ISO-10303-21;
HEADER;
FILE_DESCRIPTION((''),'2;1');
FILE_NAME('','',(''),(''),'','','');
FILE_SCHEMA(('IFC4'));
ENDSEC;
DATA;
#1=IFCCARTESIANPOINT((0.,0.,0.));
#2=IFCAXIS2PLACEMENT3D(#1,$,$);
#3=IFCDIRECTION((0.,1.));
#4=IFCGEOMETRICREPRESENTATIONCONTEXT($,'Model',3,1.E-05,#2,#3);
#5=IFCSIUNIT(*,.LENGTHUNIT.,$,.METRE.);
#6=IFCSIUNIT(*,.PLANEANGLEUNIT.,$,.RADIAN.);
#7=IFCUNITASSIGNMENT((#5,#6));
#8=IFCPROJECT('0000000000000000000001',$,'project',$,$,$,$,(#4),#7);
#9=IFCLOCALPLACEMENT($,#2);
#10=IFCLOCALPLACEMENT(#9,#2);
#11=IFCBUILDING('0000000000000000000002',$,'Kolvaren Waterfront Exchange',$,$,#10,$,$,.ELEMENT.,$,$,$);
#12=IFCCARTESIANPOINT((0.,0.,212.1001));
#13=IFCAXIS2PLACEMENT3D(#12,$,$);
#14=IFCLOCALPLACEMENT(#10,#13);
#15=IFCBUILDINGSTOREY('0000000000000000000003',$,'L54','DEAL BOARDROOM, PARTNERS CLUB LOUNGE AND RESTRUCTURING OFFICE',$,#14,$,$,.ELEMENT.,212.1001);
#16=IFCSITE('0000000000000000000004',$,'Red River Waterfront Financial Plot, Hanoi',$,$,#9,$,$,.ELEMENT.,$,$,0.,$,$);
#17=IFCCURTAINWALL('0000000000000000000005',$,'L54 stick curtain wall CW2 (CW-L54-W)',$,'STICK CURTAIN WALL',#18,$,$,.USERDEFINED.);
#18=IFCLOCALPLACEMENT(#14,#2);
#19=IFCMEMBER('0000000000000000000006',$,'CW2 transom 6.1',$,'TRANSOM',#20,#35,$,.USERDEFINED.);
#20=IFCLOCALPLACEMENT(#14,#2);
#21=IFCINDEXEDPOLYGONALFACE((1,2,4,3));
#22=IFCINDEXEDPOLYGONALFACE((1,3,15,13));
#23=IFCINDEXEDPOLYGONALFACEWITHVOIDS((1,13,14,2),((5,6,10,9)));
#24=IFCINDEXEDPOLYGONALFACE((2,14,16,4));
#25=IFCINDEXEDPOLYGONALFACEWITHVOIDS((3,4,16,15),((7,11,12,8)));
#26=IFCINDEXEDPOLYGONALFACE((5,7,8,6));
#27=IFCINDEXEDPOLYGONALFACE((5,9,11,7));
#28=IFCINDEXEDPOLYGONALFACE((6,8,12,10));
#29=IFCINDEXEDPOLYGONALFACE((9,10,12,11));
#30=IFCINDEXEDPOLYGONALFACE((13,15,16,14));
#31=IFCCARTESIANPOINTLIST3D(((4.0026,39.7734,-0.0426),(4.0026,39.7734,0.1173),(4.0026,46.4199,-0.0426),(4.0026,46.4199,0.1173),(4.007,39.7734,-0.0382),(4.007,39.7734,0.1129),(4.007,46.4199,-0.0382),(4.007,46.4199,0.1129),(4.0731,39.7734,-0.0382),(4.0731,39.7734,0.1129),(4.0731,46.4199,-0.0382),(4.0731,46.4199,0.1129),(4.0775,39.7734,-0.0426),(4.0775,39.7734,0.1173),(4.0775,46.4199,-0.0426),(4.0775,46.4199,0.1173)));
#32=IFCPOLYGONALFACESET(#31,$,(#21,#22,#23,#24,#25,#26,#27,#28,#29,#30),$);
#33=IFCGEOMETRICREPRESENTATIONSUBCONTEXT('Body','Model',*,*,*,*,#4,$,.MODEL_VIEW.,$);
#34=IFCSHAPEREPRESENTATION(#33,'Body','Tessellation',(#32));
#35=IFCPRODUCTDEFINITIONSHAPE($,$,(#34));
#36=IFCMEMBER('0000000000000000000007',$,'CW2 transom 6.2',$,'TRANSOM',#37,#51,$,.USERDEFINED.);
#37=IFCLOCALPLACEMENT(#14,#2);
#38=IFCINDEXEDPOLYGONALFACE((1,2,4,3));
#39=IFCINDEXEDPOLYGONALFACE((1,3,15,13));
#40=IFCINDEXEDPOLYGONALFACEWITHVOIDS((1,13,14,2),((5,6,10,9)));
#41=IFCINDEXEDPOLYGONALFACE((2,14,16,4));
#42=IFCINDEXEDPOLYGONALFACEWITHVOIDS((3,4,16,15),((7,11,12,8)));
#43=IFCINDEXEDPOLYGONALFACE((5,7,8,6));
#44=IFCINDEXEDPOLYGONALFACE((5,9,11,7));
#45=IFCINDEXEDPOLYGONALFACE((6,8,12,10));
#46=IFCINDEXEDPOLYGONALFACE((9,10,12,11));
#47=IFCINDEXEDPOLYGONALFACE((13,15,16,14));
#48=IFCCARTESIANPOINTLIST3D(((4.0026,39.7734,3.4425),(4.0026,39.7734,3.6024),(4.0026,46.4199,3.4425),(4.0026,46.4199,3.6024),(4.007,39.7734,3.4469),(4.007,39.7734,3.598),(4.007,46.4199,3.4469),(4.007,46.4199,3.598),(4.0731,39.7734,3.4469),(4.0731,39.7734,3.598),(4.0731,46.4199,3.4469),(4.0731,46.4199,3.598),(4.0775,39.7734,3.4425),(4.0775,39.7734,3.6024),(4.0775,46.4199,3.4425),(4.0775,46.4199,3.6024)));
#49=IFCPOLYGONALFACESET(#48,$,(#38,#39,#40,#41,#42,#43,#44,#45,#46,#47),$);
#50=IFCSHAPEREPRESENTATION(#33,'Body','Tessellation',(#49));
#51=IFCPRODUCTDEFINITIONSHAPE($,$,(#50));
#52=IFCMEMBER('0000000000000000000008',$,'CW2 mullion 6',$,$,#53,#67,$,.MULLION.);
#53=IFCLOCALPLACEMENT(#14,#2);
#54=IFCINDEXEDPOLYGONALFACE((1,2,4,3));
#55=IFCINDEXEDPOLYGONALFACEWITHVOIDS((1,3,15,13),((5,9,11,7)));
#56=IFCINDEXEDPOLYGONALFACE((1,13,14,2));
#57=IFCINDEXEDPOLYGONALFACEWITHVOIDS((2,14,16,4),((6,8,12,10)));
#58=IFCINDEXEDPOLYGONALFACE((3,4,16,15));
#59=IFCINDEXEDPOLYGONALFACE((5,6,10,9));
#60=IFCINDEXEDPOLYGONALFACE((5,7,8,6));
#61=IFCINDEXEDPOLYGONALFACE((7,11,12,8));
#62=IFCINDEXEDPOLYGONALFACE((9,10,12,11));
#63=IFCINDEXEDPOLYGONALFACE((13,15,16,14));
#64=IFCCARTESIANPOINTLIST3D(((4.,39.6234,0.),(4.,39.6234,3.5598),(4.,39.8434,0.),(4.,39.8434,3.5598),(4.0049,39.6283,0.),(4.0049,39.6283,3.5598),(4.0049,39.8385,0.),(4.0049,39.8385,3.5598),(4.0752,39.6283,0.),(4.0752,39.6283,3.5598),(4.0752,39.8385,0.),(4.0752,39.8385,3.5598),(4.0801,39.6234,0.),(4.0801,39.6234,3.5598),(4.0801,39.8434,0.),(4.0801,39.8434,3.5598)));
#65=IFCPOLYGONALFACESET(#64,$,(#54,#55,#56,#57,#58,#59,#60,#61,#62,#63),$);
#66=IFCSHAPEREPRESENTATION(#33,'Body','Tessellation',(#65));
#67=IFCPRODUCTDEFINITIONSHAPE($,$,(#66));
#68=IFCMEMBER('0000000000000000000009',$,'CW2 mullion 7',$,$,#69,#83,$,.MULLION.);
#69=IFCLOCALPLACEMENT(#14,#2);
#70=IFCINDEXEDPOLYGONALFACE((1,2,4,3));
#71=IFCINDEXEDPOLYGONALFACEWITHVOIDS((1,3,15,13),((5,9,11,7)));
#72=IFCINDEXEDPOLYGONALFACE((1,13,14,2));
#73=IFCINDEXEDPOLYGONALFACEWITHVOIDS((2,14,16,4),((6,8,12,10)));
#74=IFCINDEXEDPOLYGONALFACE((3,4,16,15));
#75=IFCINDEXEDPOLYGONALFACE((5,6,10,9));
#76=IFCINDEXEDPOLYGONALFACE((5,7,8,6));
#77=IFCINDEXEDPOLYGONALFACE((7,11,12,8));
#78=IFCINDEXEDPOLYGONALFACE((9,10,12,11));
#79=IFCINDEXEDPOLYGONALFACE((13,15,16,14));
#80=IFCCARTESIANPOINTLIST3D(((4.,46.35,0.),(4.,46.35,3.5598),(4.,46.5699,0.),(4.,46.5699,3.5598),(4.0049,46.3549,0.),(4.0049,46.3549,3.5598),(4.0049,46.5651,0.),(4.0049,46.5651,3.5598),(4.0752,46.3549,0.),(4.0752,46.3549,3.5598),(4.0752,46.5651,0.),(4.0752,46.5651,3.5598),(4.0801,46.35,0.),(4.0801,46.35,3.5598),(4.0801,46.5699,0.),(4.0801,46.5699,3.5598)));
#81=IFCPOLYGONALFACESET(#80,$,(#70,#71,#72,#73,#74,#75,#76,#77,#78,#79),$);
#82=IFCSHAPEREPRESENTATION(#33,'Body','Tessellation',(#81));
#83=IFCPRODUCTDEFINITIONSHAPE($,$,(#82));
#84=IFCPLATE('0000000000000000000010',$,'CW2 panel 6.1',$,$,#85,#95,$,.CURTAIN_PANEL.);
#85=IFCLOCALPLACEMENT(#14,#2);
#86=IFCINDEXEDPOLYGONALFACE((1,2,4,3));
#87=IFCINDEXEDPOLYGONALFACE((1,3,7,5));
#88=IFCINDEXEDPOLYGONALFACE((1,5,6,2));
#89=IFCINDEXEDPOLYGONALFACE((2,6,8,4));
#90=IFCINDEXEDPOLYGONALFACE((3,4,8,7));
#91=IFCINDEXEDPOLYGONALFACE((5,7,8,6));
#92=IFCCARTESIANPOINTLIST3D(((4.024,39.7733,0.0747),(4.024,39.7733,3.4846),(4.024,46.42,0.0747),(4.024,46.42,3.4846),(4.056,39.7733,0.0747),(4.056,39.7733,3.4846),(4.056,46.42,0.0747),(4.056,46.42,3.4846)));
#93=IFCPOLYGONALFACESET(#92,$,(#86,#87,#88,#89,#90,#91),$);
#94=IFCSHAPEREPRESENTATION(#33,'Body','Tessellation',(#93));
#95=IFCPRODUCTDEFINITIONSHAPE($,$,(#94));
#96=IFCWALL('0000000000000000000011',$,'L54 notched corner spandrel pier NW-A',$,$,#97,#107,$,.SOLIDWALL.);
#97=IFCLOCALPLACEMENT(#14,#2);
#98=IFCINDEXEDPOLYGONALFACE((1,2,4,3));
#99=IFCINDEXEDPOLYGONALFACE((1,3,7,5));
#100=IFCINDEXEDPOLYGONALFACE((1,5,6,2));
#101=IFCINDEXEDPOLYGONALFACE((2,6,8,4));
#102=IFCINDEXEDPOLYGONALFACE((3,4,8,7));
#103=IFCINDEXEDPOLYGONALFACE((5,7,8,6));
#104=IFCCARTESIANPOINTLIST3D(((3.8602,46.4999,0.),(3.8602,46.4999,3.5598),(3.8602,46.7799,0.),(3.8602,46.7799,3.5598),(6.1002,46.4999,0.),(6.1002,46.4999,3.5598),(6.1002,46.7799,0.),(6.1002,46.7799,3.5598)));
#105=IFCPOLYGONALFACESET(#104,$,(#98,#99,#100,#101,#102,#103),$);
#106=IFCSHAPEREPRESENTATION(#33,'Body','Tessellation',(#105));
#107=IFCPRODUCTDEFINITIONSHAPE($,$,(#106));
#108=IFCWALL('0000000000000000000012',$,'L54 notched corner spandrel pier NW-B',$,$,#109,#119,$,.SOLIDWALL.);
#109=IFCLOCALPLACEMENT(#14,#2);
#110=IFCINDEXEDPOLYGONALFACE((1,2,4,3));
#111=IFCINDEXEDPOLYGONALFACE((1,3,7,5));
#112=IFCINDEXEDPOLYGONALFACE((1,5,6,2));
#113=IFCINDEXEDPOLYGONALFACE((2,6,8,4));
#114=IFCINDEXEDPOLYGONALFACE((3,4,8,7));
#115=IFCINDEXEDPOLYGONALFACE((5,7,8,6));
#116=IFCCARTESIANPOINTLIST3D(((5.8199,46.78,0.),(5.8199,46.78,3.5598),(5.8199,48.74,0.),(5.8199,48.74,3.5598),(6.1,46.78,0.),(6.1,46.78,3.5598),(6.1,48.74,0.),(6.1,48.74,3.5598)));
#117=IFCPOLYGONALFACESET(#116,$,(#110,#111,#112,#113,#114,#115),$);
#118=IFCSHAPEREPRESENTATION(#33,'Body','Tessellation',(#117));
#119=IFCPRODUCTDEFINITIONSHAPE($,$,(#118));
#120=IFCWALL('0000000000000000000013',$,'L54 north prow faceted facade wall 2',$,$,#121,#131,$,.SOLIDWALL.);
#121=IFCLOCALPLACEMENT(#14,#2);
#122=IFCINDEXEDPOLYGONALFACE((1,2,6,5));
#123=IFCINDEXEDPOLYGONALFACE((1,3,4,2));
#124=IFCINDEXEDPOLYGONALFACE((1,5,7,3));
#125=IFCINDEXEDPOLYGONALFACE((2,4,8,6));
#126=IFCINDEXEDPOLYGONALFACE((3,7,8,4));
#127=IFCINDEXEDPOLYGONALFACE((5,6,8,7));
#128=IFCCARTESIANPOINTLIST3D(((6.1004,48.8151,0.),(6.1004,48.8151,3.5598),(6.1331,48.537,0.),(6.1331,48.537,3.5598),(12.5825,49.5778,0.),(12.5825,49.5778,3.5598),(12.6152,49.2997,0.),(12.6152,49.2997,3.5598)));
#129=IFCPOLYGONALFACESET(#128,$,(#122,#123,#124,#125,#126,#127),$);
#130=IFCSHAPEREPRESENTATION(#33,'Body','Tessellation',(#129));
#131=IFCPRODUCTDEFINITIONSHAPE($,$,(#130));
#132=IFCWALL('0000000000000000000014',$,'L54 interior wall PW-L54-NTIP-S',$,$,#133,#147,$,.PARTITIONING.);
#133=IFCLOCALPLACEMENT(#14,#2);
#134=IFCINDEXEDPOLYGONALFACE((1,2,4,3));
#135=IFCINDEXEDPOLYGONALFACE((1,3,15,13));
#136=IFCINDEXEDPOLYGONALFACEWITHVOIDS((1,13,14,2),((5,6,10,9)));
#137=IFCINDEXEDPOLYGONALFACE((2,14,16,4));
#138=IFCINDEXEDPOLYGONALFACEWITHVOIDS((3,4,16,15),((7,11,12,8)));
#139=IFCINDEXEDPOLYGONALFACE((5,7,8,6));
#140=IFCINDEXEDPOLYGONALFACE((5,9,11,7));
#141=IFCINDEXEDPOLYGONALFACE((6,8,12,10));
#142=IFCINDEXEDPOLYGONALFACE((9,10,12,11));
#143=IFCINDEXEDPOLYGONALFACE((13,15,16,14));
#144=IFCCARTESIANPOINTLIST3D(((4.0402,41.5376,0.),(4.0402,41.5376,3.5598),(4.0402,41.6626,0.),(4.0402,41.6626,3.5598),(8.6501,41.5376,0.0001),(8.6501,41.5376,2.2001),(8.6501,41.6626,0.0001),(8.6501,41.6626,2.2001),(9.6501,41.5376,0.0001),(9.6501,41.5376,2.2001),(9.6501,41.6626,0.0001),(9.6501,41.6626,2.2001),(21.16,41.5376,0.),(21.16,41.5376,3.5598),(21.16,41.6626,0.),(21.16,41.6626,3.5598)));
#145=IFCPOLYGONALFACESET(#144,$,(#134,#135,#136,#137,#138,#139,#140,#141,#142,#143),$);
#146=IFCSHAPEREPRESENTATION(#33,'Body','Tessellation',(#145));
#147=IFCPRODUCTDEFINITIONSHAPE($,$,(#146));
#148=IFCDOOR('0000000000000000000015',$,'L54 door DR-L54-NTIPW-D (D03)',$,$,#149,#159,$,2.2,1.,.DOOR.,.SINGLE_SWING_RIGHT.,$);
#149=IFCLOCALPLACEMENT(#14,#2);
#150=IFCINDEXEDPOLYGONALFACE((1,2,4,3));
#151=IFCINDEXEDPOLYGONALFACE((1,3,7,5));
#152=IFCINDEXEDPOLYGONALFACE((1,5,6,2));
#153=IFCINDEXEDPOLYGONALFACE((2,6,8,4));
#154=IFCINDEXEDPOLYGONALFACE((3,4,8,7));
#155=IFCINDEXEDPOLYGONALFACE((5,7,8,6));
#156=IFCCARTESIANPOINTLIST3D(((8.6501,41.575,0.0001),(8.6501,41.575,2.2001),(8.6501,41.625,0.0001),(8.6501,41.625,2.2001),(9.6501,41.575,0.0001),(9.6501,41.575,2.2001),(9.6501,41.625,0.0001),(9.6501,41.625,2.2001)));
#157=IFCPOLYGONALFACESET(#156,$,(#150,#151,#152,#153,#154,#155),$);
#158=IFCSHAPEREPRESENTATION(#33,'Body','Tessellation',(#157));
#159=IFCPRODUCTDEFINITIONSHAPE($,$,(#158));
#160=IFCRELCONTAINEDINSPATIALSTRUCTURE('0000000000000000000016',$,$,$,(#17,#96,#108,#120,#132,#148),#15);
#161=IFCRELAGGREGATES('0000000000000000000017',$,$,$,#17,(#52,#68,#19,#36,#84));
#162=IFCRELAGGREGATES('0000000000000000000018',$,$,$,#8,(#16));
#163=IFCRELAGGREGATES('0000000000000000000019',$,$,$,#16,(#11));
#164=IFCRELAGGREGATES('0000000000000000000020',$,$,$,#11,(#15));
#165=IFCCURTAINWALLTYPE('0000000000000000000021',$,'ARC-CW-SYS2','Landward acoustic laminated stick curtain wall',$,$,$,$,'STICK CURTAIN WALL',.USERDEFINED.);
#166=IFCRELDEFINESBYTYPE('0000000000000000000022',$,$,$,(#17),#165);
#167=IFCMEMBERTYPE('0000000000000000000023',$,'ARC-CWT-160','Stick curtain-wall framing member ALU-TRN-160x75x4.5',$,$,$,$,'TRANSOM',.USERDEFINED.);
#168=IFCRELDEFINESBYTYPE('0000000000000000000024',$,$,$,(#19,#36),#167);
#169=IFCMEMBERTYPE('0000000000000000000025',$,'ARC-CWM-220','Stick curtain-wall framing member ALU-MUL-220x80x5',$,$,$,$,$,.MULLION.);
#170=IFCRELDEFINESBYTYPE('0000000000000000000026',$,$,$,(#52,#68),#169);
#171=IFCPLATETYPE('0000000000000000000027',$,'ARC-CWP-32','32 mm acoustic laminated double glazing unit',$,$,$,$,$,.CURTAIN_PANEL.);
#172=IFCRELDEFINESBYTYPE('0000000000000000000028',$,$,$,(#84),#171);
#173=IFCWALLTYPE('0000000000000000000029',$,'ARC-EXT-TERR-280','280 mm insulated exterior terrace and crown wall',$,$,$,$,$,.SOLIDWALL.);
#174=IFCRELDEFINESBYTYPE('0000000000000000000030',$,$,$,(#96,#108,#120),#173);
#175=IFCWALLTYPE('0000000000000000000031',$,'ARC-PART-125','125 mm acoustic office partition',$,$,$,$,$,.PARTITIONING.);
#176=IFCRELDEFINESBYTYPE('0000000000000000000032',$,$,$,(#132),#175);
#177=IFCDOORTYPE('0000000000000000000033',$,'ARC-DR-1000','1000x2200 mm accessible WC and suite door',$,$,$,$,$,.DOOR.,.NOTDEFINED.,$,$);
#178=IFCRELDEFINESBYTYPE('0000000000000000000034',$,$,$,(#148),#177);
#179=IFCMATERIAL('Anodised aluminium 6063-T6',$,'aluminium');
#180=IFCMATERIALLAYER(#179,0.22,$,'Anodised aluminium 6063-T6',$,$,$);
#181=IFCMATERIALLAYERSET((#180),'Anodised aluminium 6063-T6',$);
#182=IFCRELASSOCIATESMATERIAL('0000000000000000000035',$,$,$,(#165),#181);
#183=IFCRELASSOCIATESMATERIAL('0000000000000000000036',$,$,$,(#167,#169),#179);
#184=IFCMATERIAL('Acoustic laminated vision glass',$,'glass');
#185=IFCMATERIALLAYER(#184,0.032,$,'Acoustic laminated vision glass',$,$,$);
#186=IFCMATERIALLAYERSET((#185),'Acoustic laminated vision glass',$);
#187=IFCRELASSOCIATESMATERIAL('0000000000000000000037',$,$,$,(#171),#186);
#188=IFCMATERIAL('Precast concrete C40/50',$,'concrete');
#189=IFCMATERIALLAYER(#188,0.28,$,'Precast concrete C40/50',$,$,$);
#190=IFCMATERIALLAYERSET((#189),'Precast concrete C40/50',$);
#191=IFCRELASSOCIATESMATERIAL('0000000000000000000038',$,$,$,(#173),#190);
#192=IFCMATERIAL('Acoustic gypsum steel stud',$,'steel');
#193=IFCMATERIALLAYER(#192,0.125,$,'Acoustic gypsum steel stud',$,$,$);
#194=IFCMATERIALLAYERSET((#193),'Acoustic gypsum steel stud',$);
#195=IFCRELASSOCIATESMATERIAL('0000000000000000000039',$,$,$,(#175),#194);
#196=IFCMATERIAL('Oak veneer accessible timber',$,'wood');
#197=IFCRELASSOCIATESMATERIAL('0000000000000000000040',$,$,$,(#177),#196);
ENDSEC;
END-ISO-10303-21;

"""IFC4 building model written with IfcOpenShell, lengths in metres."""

from ifc_helpers import new_model, si_unit, direction, frame, frame_2d, origin, origin_with_axes, origin_2d, place, context, subcontext, project, spatial, rectangle, hollow_rectangle, extrude, source, transform, mapped, material, layer, layer_set, material_profile, profile_set, type_object, element, fill, aggregate, save


model = new_model("IFC4")

# Units and contexts
model_context = context("Model", 3, precision=1e-05, world=origin(), true_north=direction((0.0, 1.0)))
body_context = subcontext(model_context, "Body", "Model", "MODEL_VIEW")
ifc_project = project(units=[si_unit("LENGTHUNIT", "METRE"), si_unit("PLANEANGLEUNIT", "RADIAN")], contexts=[model_context])

# Site, building, storey
site_placement = place(None, origin())
site = spatial("IfcSite", under=ifc_project, at=site_placement, Name="Red River Waterfront Financial Plot, Hanoi", CompositionType="ELEMENT", RefElevation=0.0)
building_placement = place(site_placement, origin())
building = spatial("IfcBuilding", under=site, at=building_placement, Name="Kolvaren Waterfront Exchange", CompositionType="ELEMENT")
storey_placement = place(building_placement, frame((0.0, 0.0, 212.1001)))
storey = spatial("IfcBuildingStorey", under=building, at=storey_placement, Name="L54", Description="DEAL BOARDROOM, PARTNERS CLUB LOUNGE AND RESTRUCTURING OFFICE", CompositionType="ELEMENT", Elevation=212.1001)

# Curtain wall, members, plate
ifc_material_1 = material(Name="Anodised aluminium 6063-T6", Category="aluminium")
ifc_layer_1 = layer(ifc_material_1, 0.22, Name="Anodised aluminium 6063-T6")
ifc_layer_set_1 = layer_set([ifc_layer_1], Name="Anodised aluminium 6063-T6")
curtain_wall_type = type_object("IfcCurtainWallType", Name="ARC-CW-SYS2", Description="Landward acoustic laminated stick curtain wall", ElementType="STICK CURTAIN WALL", PredefinedType="USERDEFINED", material=ifc_layer_set_1)
curtain_wall_placement = place(storey_placement, origin())
curtain_wall = element("IfcCurtainWall", 1, at=curtain_wall_placement, inside=storey, type_object=curtain_wall_type, Name="L54 stick curtain wall CW2 (CW-L54-W)", ObjectType="STICK CURTAIN WALL", PredefinedType="USERDEFINED")
ifc_material_profile_1 = material_profile(ifc_material_1, hollow_rectangle(XDim=0.075, YDim=0.1599, WallThickness=0.0044, at=origin_2d()), Name="ALU-TRN-160x75x4.5")
ifc_profile_set_1 = profile_set([ifc_material_profile_1], Name="Anodised aluminium 6063-T6")
member_type_1 = type_object("IfcMemberType", Name="ARC-CWT-160", Description="Stick curtain-wall framing member ALU-TRN-160x75x4.5", ElementType="TRANSOM", PredefinedType="USERDEFINED", material=ifc_profile_set_1)
shared_shape_1 = source(origin_with_axes(), body_context, "Body", "SweptSolid", [
    extrude(hollow_rectangle(XDim=0.075, YDim=0.1599, WallThickness=0.0044, at=origin_2d()), origin(), (0.0, 0.0, 1.0), 6.6465),
])
member_1_placement = place(storey_placement, frame((4.04, 39.7734, 0.0374), z_axis=(0.0, 1.0, 0.0), x_axis=(-1.0, 0.0, 0.0)))
member_1 = element("IfcMember", 2, at=member_1_placement, type_object=member_type_1, Name="CW2 transom 6.1", ObjectType="TRANSOM", PredefinedType="USERDEFINED", context=body_context, shape_type="MappedRepresentation", body=[
    mapped(shared_shape_1, transform((0.0, 0.0, 0.0), x_axis=(1.0, 0.0, 0.0), y_axis=(0.0, 1.0, 0.0), z_axis=(0.0, 0.0, 1.0), scale=1.0)),
])
member_2_placement = place(storey_placement, frame((4.04, 39.7734, 3.5225), z_axis=(0.0, 1.0, 0.0), x_axis=(-1.0, 0.0, 0.0)))
member_2 = element("IfcMember", 3, at=member_2_placement, type_object=member_type_1, Name="CW2 transom 6.2", ObjectType="TRANSOM", PredefinedType="USERDEFINED", context=body_context, shape_type="MappedRepresentation", body=[
    mapped(shared_shape_1, transform((0.0, 0.0, 0.0), x_axis=(1.0, 0.0, 0.0), y_axis=(0.0, 1.0, 0.0), z_axis=(0.0, 0.0, 1.0), scale=1.0)),
])
ifc_material_profile_2 = material_profile(ifc_material_1, hollow_rectangle(XDim=0.0801, YDim=0.22, WallThickness=0.0049, at=origin_2d()), Name="ALU-MUL-220x80x5")
ifc_profile_set_2 = profile_set([ifc_material_profile_2], Name="Anodised aluminium 6063-T6")
member_type_2 = type_object("IfcMemberType", Name="ARC-CWM-220", Description="Stick curtain-wall framing member ALU-MUL-220x80x5", PredefinedType="MULLION", material=ifc_profile_set_2)
shared_shape_2 = source(origin_with_axes(), body_context, "Body", "SweptSolid", [
    extrude(hollow_rectangle(XDim=0.0801, YDim=0.22, WallThickness=0.0049, at=origin_2d()), origin(), (0.0, 0.0, 1.0), 3.5598),
])
member_3_placement = place(storey_placement, frame((4.04, 39.7334, 0.0), z_axis=(0.0, 0.0, 1.0), x_axis=(-1.0, 0.0, 0.0)))
member_3 = element("IfcMember", 4, at=member_3_placement, type_object=member_type_2, Name="CW2 mullion 6", PredefinedType="MULLION", context=body_context, shape_type="MappedRepresentation", body=[
    mapped(shared_shape_2, transform((0.0, 0.0, 0.0), x_axis=(1.0, 0.0, 0.0), y_axis=(0.0, 1.0, 0.0), z_axis=(0.0, 0.0, 1.0), scale=1.0)),
])
member_4_placement = place(storey_placement, frame((4.04, 46.46, 0.0), z_axis=(0.0, 0.0, 1.0), x_axis=(-1.0, 0.0, 0.0)))
member_4 = element("IfcMember", 5, at=member_4_placement, type_object=member_type_2, Name="CW2 mullion 7", PredefinedType="MULLION", context=body_context, shape_type="MappedRepresentation", body=[
    mapped(shared_shape_2, transform((0.0, 0.0, 0.0), x_axis=(1.0, 0.0, 0.0), y_axis=(0.0, 1.0, 0.0), z_axis=(0.0, 0.0, 1.0), scale=1.0)),
])
ifc_material_2 = material(Name="Acoustic laminated vision glass", Category="glass")
ifc_layer_2 = layer(ifc_material_2, 0.032, Name="Acoustic laminated vision glass")
ifc_layer_set_2 = layer_set([ifc_layer_2], Name="Acoustic laminated vision glass")
plate_type = type_object("IfcPlateType", Name="ARC-CWP-32", Description="32 mm acoustic laminated double glazing unit", PredefinedType="CURTAIN_PANEL", material=ifc_layer_set_2)
shared_shape_3 = source(origin_with_axes(), body_context, "Body", "SweptSolid", [
    extrude(rectangle(XDim=6.6467, YDim=0.032, at=origin_2d()), origin(), (0.0, 0.0, 1.0), 3.4099),
])
plate_placement = place(storey_placement, frame((4.04, 43.0967, 0.0747), z_axis=(0.0, 0.0, 1.0), x_axis=(0.0, 1.0, 0.0)))
plate = element("IfcPlate", 6, at=plate_placement, type_object=plate_type, Name="CW2 panel 6.1", PredefinedType="CURTAIN_PANEL", context=body_context, shape_type="MappedRepresentation", body=[
    mapped(shared_shape_3, transform((0.0, 0.0, 0.0), x_axis=(1.0, 0.0, 0.0), y_axis=(0.0, 1.0, 0.0), z_axis=(0.0, 0.0, 1.0), scale=1.0)),
])
aggregate(curtain_wall, [member_3, member_4, member_1, member_2, plate])

# Walls
ifc_material_3 = material(Name="Precast concrete C40/50", Category="concrete")
ifc_layer_3 = layer(ifc_material_3, 0.28, Name="Precast concrete C40/50")
ifc_layer_set_3 = layer_set([ifc_layer_3], Name="Precast concrete C40/50")
wall_type_1 = type_object("IfcWallType", Name="ARC-EXT-TERR-280", Description="280 mm insulated exterior terrace and crown wall", PredefinedType="SOLIDWALL", material=ifc_layer_set_3)
wall_1_placement = place(storey_placement, frame((3.8601, 46.6399, 0.0), z_axis=(0.0, 0.0, 1.0), x_axis=(1.0, 0.0, 0.0)))
element("IfcWall", 7, at=wall_1_placement, inside=storey, type_object=wall_type_1, Name="L54 notched corner spandrel pier NW-A", PredefinedType="SOLIDWALL", context=body_context, shape_type="SweptSolid", body=[
    extrude(rectangle(XDim=2.24, YDim=0.28, at=frame_2d((1.1201, 0.0))), origin(), (0.0, 0.0, 1.0), 3.5598),
])
wall_2_placement = place(storey_placement, frame((5.96, 46.78, 0.0), z_axis=(0.0, 0.0, 1.0), x_axis=(0.0, 1.0, 0.0)))
element("IfcWall", 8, at=wall_2_placement, inside=storey, type_object=wall_type_1, Name="L54 notched corner spandrel pier NW-B", PredefinedType="SOLIDWALL", context=body_context, shape_type="SweptSolid", body=[
    extrude(rectangle(XDim=1.96, YDim=0.28, at=frame_2d((0.98, 0.0))), origin(), (0.0, 0.0, 1.0), 3.5598),
])
wall_3_placement = place(storey_placement, frame((12.5989, 49.4387, 0.0), z_axis=(0.0, 0.0, 1.0), x_axis=(-0.993149, -0.116854, 0.0)))
element("IfcWall", 9, at=wall_3_placement, inside=storey, type_object=wall_type_1, Name="L54 north prow faceted facade wall 2", PredefinedType="SOLIDWALL", context=body_context, shape_type="SweptSolid", body=[
    extrude(rectangle(XDim=6.5269, YDim=0.28, at=frame_2d((3.2634, 0.0))), origin(), (0.0, 0.0, 1.0), 3.5598),
])

# Wall, opening, door
ifc_material_4 = material(Name="Acoustic gypsum steel stud", Category="steel")
ifc_layer_4 = layer(ifc_material_4, 0.125, Name="Acoustic gypsum steel stud")
ifc_layer_set_4 = layer_set([ifc_layer_4], Name="Acoustic gypsum steel stud")
wall_type_2 = type_object("IfcWallType", Name="ARC-PART-125", Description="125 mm acoustic office partition", PredefinedType="PARTITIONING", material=ifc_layer_set_4)
wall_4_placement = place(storey_placement, frame((4.04, 41.6001, 0.0), z_axis=(0.0, 0.0, 1.0), x_axis=(1.0, 0.0, 0.0)))
wall_4 = element("IfcWall", 10, at=wall_4_placement, inside=storey, type_object=wall_type_2, Name="L54 interior wall PW-L54-NTIP-S", PredefinedType="PARTITIONING", context=body_context, shape_type="SweptSolid", body=[
    extrude(rectangle(XDim=17.1199, YDim=0.125, at=frame_2d((8.5601, 0.0))), origin(), (0.0, 0.0, 1.0), 3.5598),
])
opening_1_placement = place(wall_4_placement, frame((4.6101, 0.0, 0.0)))
opening_1 = element("IfcOpeningElement", 11, at=opening_1_placement, cuts=wall_4, PredefinedType="OPENING", context=body_context, shape_type="SweptSolid", body=[
    extrude(rectangle(XDim=1.0, YDim=2.2, at=frame_2d((0.5, 1.1001))), frame((0.0, 0.0725, 0.0), z_axis=(0.0, -1.0, 0.0), x_axis=(1.0, 0.0, 0.0)), (0.0, 0.0, 1.0), 0.145),
])
ifc_material_5 = material(Name="Oak veneer accessible timber", Category="wood")
door_type_1 = type_object("IfcDoorType", Name="ARC-DR-1000", Description="1000x2200 mm accessible WC and suite door", OperationType="NOTDEFINED", PredefinedType="DOOR", material=ifc_material_5)
door_1_placement = place(opening_1_placement, origin())
door_1 = element("IfcDoor", 12, at=door_1_placement, inside=storey, type_object=door_type_1, Name="L54 door DR-L54-NTIPW-D (D03)", OperationType="SINGLE_SWING_RIGHT", OverallHeight=2.2, OverallWidth=1.0, PredefinedType="DOOR", context=body_context, shape_type="SweptSolid", body=[
    extrude(rectangle(XDim=1.0, YDim=2.2, at=frame_2d((0.5, 1.1001))), frame((0.0, 0.0249, 0.0), z_axis=(0.0, -1.0, 0.0), x_axis=(1.0, 0.0, 0.0)), (0.0, 0.0, 1.0), 0.05),
])
fill(opening_1, door_1)

save(model, "model.ifc")
